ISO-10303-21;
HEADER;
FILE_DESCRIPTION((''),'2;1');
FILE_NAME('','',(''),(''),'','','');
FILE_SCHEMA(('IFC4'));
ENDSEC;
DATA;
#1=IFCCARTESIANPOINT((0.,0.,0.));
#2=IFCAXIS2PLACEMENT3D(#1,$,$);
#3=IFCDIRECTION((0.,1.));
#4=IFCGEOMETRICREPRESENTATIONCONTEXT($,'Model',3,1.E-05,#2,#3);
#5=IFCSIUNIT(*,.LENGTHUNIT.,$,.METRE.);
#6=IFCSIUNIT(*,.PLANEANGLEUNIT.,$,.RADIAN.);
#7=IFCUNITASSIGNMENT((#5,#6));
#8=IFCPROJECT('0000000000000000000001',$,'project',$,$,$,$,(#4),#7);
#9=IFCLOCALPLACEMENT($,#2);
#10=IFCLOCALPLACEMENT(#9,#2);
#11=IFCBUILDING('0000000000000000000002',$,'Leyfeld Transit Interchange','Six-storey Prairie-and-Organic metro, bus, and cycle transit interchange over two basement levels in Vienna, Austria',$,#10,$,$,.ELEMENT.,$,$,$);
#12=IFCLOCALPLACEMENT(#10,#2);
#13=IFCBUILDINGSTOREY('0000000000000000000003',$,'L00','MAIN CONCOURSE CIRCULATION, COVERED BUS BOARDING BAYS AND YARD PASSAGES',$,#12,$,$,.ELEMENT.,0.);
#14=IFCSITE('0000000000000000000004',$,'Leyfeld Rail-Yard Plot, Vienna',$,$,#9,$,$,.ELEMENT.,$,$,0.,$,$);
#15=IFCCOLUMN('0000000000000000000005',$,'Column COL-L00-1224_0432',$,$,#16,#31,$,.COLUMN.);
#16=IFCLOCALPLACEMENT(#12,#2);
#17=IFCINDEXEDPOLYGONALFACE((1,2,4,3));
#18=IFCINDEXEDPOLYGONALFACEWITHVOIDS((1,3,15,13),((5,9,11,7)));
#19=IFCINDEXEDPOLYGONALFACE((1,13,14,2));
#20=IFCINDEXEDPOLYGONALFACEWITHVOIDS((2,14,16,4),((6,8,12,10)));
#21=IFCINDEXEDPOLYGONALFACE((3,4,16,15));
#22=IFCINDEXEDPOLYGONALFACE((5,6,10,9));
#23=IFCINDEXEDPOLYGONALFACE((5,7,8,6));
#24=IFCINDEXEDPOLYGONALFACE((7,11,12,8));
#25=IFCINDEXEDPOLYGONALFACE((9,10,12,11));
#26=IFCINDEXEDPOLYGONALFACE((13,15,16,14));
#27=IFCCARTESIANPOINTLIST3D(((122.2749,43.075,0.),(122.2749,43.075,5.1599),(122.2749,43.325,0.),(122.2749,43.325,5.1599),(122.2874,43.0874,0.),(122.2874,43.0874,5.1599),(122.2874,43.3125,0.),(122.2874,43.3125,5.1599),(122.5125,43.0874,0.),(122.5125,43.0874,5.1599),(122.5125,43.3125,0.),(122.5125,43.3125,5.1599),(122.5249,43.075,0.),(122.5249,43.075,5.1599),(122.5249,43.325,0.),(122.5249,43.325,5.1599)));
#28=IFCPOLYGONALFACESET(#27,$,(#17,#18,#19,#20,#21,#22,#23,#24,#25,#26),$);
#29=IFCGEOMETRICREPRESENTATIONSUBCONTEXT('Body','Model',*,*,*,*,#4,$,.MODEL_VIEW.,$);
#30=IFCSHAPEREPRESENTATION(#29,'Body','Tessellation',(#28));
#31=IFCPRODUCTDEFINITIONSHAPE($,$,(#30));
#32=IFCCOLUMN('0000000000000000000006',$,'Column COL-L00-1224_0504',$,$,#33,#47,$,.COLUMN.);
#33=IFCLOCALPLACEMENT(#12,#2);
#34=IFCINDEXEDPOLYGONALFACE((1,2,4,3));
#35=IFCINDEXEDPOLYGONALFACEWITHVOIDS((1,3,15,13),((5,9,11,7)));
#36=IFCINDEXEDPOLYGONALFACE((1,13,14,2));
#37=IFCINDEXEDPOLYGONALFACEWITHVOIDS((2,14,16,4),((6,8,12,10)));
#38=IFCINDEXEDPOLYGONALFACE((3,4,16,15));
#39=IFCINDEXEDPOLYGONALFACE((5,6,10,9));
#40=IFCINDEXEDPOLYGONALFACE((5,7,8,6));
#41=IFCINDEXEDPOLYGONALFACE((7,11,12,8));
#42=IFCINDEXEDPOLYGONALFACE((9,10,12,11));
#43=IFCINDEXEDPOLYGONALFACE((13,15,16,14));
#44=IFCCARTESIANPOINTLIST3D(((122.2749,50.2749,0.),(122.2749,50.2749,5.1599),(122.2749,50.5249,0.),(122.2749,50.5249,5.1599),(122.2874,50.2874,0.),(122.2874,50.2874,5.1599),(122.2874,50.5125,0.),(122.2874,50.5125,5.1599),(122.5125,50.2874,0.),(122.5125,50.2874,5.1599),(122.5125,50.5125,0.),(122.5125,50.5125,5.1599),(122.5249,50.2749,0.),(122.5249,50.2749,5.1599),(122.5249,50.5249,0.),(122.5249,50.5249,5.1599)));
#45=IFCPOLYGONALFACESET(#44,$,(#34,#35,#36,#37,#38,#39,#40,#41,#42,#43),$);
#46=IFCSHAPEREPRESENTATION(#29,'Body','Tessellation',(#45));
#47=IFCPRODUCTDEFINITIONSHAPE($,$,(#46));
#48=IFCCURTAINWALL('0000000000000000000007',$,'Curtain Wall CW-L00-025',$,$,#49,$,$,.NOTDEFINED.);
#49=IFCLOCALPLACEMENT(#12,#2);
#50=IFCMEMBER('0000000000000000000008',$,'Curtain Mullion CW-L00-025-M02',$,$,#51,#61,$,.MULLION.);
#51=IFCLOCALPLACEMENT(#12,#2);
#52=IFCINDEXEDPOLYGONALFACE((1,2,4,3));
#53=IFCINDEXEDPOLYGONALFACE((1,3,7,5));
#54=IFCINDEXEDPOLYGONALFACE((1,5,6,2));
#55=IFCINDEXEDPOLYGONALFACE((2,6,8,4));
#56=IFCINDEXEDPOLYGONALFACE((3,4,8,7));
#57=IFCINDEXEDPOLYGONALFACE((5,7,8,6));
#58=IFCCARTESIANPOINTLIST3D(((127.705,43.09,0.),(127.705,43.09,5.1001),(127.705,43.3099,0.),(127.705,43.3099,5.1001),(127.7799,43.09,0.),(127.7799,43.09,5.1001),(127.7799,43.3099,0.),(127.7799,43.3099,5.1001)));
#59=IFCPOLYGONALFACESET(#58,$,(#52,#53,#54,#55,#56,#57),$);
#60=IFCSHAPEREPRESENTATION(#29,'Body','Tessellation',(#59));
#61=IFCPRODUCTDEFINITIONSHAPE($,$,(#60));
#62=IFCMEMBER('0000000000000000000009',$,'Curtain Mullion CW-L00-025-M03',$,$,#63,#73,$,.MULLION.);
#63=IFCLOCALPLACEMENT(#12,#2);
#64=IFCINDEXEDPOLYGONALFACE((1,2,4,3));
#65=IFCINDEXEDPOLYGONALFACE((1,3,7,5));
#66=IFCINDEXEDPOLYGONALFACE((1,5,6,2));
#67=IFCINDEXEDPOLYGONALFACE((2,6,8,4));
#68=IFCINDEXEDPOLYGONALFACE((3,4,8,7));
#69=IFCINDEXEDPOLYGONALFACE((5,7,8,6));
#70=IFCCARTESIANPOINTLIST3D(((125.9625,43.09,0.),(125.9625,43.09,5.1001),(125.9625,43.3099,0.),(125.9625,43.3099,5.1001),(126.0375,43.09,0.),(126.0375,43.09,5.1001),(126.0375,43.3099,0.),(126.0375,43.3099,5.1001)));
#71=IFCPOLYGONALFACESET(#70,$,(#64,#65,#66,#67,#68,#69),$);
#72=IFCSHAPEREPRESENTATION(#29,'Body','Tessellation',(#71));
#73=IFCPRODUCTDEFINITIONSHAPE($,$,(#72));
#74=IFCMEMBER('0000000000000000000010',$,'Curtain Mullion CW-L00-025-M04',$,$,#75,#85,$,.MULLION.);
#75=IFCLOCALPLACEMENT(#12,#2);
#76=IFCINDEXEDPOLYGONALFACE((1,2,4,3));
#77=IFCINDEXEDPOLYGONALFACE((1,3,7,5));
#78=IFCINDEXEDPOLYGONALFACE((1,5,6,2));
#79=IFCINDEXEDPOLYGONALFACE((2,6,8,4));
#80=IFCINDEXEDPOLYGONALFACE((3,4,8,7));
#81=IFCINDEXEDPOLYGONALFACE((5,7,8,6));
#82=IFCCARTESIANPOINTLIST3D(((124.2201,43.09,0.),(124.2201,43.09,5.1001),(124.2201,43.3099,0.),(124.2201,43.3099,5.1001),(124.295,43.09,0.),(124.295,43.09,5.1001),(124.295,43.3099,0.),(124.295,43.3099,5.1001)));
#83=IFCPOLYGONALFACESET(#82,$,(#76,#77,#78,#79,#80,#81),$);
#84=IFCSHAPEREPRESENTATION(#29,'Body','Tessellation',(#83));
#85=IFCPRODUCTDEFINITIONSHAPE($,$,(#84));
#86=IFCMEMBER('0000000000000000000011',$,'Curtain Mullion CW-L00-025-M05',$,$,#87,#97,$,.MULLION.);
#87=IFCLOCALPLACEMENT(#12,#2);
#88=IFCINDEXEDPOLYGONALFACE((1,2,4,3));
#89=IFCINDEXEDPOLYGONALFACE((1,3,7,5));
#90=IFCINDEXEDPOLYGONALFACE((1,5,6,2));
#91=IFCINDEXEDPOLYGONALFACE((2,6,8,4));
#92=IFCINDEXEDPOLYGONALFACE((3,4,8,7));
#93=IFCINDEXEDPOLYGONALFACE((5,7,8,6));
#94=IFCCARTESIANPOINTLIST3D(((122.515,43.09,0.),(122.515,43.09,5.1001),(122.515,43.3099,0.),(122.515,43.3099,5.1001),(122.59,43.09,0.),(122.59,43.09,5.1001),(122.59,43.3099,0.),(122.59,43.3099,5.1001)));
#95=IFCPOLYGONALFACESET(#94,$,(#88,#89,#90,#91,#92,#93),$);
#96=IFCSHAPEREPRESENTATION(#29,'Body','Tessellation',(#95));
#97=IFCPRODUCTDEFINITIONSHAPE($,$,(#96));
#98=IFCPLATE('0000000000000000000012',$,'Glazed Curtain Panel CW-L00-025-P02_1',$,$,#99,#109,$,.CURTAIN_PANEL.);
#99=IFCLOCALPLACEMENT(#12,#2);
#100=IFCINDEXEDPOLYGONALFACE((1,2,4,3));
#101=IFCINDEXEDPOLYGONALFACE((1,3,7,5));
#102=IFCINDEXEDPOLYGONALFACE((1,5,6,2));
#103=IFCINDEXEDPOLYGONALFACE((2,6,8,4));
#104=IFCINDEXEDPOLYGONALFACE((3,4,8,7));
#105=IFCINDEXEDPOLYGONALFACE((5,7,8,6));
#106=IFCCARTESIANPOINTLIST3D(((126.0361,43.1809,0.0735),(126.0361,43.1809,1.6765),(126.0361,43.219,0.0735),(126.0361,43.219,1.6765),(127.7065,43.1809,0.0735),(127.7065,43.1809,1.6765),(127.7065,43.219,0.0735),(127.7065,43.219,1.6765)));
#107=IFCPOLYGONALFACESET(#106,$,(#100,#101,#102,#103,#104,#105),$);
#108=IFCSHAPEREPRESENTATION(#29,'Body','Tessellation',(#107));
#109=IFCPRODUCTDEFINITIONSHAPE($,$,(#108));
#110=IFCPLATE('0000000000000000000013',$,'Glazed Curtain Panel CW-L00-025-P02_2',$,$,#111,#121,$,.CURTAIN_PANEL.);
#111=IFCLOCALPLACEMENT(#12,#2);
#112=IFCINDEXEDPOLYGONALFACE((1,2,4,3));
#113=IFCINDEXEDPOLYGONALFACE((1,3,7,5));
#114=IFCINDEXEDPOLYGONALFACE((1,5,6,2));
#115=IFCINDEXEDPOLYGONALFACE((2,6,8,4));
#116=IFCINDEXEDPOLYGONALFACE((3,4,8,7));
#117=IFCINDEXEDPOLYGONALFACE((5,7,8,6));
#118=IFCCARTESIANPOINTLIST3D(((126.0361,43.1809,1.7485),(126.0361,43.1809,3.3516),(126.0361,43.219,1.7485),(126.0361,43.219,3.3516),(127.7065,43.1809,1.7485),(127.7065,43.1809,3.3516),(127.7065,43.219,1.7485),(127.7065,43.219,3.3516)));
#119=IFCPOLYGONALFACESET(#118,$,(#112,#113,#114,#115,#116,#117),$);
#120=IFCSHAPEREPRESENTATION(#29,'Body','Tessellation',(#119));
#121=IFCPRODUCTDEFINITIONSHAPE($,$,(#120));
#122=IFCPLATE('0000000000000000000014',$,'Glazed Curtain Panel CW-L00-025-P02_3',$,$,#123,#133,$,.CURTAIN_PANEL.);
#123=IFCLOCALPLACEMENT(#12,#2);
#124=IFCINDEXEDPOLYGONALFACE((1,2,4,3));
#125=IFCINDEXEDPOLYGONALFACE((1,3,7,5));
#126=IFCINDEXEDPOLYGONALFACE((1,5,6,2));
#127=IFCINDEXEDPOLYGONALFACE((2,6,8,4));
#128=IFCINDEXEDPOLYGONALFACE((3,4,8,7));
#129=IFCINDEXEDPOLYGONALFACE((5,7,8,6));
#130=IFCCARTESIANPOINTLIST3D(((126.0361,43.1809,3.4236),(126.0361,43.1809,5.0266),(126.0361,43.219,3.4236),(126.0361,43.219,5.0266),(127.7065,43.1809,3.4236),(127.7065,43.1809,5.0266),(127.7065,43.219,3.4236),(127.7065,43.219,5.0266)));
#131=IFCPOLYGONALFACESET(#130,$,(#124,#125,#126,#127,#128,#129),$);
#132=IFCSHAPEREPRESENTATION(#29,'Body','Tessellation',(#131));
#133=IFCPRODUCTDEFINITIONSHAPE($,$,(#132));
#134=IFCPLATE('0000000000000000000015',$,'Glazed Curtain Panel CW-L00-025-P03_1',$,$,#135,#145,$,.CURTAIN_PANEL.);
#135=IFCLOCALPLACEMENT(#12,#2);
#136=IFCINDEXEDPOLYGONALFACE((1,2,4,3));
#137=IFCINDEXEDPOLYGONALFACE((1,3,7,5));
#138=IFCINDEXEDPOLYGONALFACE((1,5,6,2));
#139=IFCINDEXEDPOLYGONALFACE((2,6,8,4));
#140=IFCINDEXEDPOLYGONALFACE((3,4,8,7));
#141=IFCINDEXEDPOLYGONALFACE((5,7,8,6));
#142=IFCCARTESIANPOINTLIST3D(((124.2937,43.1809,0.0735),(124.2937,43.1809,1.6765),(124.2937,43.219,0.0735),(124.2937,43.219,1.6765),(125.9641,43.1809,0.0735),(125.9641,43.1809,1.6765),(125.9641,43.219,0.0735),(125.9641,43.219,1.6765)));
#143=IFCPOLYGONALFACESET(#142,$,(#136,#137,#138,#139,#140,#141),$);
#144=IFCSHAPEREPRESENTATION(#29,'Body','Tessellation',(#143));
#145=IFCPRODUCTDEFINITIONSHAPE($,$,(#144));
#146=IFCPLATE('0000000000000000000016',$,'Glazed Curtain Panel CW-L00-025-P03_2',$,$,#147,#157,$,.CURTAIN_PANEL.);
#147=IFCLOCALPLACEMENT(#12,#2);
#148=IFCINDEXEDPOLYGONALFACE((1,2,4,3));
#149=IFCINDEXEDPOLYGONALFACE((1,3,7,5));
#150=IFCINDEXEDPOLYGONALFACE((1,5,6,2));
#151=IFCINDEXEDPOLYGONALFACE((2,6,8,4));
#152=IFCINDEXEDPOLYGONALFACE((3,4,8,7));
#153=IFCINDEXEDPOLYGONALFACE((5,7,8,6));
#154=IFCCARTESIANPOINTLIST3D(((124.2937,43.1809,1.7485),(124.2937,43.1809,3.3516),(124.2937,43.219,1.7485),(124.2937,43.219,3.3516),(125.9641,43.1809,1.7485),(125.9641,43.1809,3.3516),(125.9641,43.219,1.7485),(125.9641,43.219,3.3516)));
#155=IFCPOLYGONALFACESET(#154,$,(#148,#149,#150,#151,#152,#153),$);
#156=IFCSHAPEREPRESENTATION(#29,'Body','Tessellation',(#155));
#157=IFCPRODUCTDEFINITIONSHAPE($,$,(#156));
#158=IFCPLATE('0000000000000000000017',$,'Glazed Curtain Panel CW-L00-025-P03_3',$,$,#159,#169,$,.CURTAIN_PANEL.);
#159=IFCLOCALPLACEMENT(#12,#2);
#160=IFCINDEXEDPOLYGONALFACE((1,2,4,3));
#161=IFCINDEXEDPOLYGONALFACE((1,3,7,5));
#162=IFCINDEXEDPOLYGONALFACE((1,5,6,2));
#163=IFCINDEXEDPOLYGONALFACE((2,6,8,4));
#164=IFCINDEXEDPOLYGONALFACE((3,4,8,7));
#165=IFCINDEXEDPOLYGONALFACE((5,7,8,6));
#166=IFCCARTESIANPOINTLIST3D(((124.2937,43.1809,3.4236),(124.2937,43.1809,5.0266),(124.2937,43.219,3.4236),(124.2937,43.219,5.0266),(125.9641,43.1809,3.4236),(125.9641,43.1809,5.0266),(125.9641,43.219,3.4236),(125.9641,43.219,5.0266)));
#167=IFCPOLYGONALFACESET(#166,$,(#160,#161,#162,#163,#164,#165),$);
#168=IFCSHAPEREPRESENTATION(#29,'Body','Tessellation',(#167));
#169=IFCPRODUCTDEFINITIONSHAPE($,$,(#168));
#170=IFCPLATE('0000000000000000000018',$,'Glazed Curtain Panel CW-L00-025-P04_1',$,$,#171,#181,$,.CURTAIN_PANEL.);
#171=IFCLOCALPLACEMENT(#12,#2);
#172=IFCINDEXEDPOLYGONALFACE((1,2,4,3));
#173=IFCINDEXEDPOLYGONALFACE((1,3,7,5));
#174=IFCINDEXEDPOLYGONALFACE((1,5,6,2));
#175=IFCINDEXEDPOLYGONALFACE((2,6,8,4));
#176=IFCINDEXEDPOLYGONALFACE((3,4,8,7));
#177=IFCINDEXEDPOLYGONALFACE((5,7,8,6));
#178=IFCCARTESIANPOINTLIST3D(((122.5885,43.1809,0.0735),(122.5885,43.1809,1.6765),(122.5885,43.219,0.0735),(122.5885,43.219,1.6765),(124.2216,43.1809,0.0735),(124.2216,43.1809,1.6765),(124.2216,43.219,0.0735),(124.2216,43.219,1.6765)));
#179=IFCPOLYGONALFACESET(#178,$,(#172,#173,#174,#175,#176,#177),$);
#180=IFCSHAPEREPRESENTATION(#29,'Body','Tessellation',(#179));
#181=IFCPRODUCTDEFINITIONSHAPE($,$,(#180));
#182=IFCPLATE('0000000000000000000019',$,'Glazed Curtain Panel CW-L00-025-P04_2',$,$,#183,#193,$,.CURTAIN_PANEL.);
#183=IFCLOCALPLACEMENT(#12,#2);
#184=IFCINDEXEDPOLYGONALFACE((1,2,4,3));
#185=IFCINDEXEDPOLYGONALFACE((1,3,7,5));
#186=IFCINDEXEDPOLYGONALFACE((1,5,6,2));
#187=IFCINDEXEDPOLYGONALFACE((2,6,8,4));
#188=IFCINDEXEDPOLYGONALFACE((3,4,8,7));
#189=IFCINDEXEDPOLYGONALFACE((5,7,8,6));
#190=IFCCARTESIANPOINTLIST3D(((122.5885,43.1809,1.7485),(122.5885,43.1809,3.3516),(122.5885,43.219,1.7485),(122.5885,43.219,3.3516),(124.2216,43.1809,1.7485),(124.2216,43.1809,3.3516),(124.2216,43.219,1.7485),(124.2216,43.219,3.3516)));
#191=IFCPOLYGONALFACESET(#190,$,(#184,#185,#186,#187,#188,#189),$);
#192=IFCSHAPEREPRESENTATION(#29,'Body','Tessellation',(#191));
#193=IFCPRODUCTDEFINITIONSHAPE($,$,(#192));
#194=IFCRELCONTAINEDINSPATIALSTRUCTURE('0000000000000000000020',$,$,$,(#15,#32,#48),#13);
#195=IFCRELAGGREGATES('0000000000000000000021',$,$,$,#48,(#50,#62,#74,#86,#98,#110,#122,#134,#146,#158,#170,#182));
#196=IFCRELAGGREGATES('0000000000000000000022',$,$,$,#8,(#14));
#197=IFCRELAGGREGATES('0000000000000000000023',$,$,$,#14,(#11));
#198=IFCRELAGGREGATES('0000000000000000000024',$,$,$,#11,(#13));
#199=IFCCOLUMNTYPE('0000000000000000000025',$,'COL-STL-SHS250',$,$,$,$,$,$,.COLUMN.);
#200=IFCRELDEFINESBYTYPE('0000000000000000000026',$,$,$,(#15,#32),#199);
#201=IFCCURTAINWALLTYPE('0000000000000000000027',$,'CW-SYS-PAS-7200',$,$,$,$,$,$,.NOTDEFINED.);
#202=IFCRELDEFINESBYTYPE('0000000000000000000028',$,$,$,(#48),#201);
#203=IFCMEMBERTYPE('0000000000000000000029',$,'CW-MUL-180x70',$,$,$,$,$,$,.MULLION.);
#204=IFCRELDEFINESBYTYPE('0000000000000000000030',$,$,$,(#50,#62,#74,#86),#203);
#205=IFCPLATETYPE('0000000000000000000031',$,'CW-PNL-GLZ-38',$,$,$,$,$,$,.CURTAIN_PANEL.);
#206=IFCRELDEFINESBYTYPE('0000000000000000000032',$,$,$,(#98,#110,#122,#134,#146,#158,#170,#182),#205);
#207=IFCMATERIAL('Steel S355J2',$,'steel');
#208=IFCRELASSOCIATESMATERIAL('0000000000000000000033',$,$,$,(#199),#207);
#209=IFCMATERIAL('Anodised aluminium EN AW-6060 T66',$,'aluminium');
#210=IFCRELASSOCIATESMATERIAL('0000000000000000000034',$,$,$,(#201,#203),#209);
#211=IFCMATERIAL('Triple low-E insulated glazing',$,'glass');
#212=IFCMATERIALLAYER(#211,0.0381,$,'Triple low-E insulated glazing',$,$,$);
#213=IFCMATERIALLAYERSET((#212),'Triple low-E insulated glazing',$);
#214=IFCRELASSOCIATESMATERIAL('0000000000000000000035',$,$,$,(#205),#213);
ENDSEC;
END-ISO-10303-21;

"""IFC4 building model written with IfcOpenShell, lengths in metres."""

from ifc_helpers import new_model, si_unit, direction, frame, origin, origin_2d, place, context, subcontext, project, spatial, rectangle, hollow_rectangle, extrude, material, layer, layer_set, material_profile, profile_set, type_object, element, aggregate, save


model = new_model("IFC4")

# Units and contexts
model_context = context("Model", 3, precision=1e-05, world=origin(), true_north=direction((0.0, 1.0)))
body_context = subcontext(model_context, "Body", "Model", "MODEL_VIEW")
ifc_project = project(units=[si_unit("LENGTHUNIT", "METRE"), si_unit("PLANEANGLEUNIT", "RADIAN")], contexts=[model_context])

# Site, building, storey
site_placement = place(None, origin())
site = spatial("IfcSite", under=ifc_project, at=site_placement, Name="Leyfeld Rail-Yard Plot, Vienna", CompositionType="ELEMENT", RefElevation=0.0)
building_placement = place(site_placement, origin())
building = spatial("IfcBuilding", under=site, at=building_placement, Name="Leyfeld Transit Interchange", Description="Six-storey Prairie-and-Organic metro, bus, and cycle transit interchange over two basement levels in Vienna, Austria", CompositionType="ELEMENT")
storey_placement = place(building_placement, origin())
storey = spatial("IfcBuildingStorey", under=building, at=storey_placement, Name="L00", Description="MAIN CONCOURSE CIRCULATION, COVERED BUS BOARDING BAYS AND YARD PASSAGES", CompositionType="ELEMENT", Elevation=0.0)

# Columns
ifc_material_1 = material(Name="Steel S355J2", Category="steel")
ifc_material_profile_1 = material_profile(ifc_material_1, hollow_rectangle(XDim=0.25, YDim=0.25, WallThickness=0.0125, at=origin_2d()), Name="SHS 250x250x12.5")
ifc_profile_set_1 = profile_set([ifc_material_profile_1], Name="Steel S355J2")
column_type = type_object("IfcColumnType", Name="COL-STL-SHS250", PredefinedType="COLUMN", material=ifc_profile_set_1)
for number, where, z_axis, x_axis, name in (
    (1, (122.3999, 43.2, 0.0), (0.0, 0.0, 1.0), (1.0, 0.0, 0.0), "Column COL-L00-1224_0432"),
    (2, (122.3999, 50.3999, 0.0), (0.0, 0.0, 1.0), (1.0, 0.0, 0.0), "Column COL-L00-1224_0504"),
):
    element("IfcColumn", number, at=place(storey_placement, frame(where, z_axis=z_axis, x_axis=x_axis)), inside=storey, type_object=column_type, Name=name, PredefinedType="COLUMN", context=body_context, shape_type="SweptSolid", body=[
        extrude(hollow_rectangle(XDim=0.25, YDim=0.25, WallThickness=0.0125, at=origin_2d()), origin(), (0.0, 0.0, 1.0), 5.1599),
    ])

# Curtain wall, members, plates
ifc_material_2 = material(Name="Anodised aluminium EN AW-6060 T66", Category="aluminium")
curtain_wall_type = type_object("IfcCurtainWallType", Name="CW-SYS-PAS-7200", PredefinedType="NOTDEFINED", material=ifc_material_2)
curtain_wall_placement = place(storey_placement, origin())
curtain_wall = element("IfcCurtainWall", 3, at=curtain_wall_placement, inside=storey, type_object=curtain_wall_type, Name="Curtain Wall CW-L00-025", PredefinedType="NOTDEFINED")
ifc_material_profile_2 = material_profile(ifc_material_2, rectangle(XDim=0.075, YDim=0.22, at=origin_2d()), Name="CW-M 75x220")
ifc_profile_set_2 = profile_set([ifc_material_profile_2], Name="Anodised aluminium EN AW-6060 T66")
member_type = type_object("IfcMemberType", Name="CW-MUL-180x70", PredefinedType="MULLION", material=ifc_profile_set_2)
member_1_placement = place(storey_placement, frame((127.7424, 43.2, 0.0), z_axis=(0.0, 0.0, 1.0), x_axis=(-1.0, 0.0, 0.0)))
member_1 = element("IfcMember", 4, at=member_1_placement, type_object=member_type, Name="Curtain Mullion CW-L00-025-M02", PredefinedType="MULLION", context=body_context, shape_type="SweptSolid", body=[
    extrude(rectangle(XDim=0.075, YDim=0.22, at=origin_2d()), origin(), (0.0, 0.0, 1.0), 5.1001),
])
member_2_placement = place(storey_placement, frame((126.0, 43.2, 0.0), z_axis=(0.0, 0.0, 1.0), x_axis=(-1.0, 0.0, 0.0)))
member_2 = element("IfcMember", 5, at=member_2_placement, type_object=member_type, Name="Curtain Mullion CW-L00-025-M03", PredefinedType="MULLION", context=body_context, shape_type="SweptSolid", body=[
    extrude(rectangle(XDim=0.075, YDim=0.22, at=origin_2d()), origin(), (0.0, 0.0, 1.0), 5.1001),
])
member_3_placement = place(storey_placement, frame((124.2576, 43.2, 0.0), z_axis=(0.0, 0.0, 1.0), x_axis=(-1.0, 0.0, 0.0)))
member_3 = element("IfcMember", 6, at=member_3_placement, type_object=member_type, Name="Curtain Mullion CW-L00-025-M04", PredefinedType="MULLION", context=body_context, shape_type="SweptSolid", body=[
    extrude(rectangle(XDim=0.075, YDim=0.22, at=origin_2d()), origin(), (0.0, 0.0, 1.0), 5.1001),
])
member_4_placement = place(storey_placement, frame((122.5525, 43.2, 0.0), z_axis=(0.0, 0.0, 1.0), x_axis=(-1.0, 0.0, 0.0)))
member_4 = element("IfcMember", 7, at=member_4_placement, type_object=member_type, Name="Curtain Mullion CW-L00-025-M05", PredefinedType="MULLION", context=body_context, shape_type="SweptSolid", body=[
    extrude(rectangle(XDim=0.075, YDim=0.22, at=origin_2d()), origin(), (0.0, 0.0, 1.0), 5.1001),
])
ifc_material_3 = material(Name="Triple low-E insulated glazing", Category="glass")
ifc_layer_1 = layer(ifc_material_3, 0.0381, Name="Triple low-E insulated glazing")
ifc_layer_set_1 = layer_set([ifc_layer_1], Name="Triple low-E insulated glazing")
plate_type_1 = type_object("IfcPlateType", Name="CW-PNL-GLZ-38", PredefinedType="CURTAIN_PANEL", material=ifc_layer_set_1)
plate_1_placement = place(storey_placement, frame((126.8713, 43.2, 0.0735), z_axis=(0.0, 0.0, 1.0), x_axis=(-1.0, 0.0, 0.0)))
plate_1 = element("IfcPlate", 8, at=plate_1_placement, type_object=plate_type_1, Name="Glazed Curtain Panel CW-L00-025-P02_1", PredefinedType="CURTAIN_PANEL", context=body_context, shape_type="SweptSolid", body=[
    extrude(rectangle(XDim=1.6704, YDim=0.0381, at=origin_2d()), origin(), (0.0, 0.0, 1.0), 1.603),
])
plate_2_placement = place(storey_placement, frame((126.8713, 43.2, 1.7485), z_axis=(0.0, 0.0, 1.0), x_axis=(-1.0, 0.0, 0.0)))
plate_2 = element("IfcPlate", 9, at=plate_2_placement, type_object=plate_type_1, Name="Glazed Curtain Panel CW-L00-025-P02_2", PredefinedType="CURTAIN_PANEL", context=body_context, shape_type="SweptSolid", body=[
    extrude(rectangle(XDim=1.6704, YDim=0.0381, at=origin_2d()), origin(), (0.0, 0.0, 1.0), 1.603),
])
plate_3_placement = place(storey_placement, frame((126.8713, 43.2, 3.4236), z_axis=(0.0, 0.0, 1.0), x_axis=(-1.0, 0.0, 0.0)))
plate_3 = element("IfcPlate", 10, at=plate_3_placement, type_object=plate_type_1, Name="Glazed Curtain Panel CW-L00-025-P02_3", PredefinedType="CURTAIN_PANEL", context=body_context, shape_type="SweptSolid", body=[
    extrude(rectangle(XDim=1.6704, YDim=0.0381, at=origin_2d()), origin(), (0.0, 0.0, 1.0), 1.603),
])
plate_4_placement = place(storey_placement, frame((125.1289, 43.2, 0.0735), z_axis=(0.0, 0.0, 1.0), x_axis=(-1.0, 0.0, 0.0)))
plate_4 = element("IfcPlate", 11, at=plate_4_placement, type_object=plate_type_1, Name="Glazed Curtain Panel CW-L00-025-P03_1", PredefinedType="CURTAIN_PANEL", context=body_context, shape_type="SweptSolid", body=[
    extrude(rectangle(XDim=1.6704, YDim=0.0381, at=origin_2d()), origin(), (0.0, 0.0, 1.0), 1.603),
])
plate_5_placement = place(storey_placement, frame((125.1289, 43.2, 1.7485), z_axis=(0.0, 0.0, 1.0), x_axis=(-1.0, 0.0, 0.0)))
plate_5 = element("IfcPlate", 12, at=plate_5_placement, type_object=plate_type_1, Name="Glazed Curtain Panel CW-L00-025-P03_2", PredefinedType="CURTAIN_PANEL", context=body_context, shape_type="SweptSolid", body=[
    extrude(rectangle(XDim=1.6704, YDim=0.0381, at=origin_2d()), origin(), (0.0, 0.0, 1.0), 1.603),
])
plate_6_placement = place(storey_placement, frame((125.1289, 43.2, 3.4236), z_axis=(0.0, 0.0, 1.0), x_axis=(-1.0, 0.0, 0.0)))
plate_6 = element("IfcPlate", 13, at=plate_6_placement, type_object=plate_type_1, Name="Glazed Curtain Panel CW-L00-025-P03_3", PredefinedType="CURTAIN_PANEL", context=body_context, shape_type="SweptSolid", body=[
    extrude(rectangle(XDim=1.6704, YDim=0.0381, at=origin_2d()), origin(), (0.0, 0.0, 1.0), 1.603),
])
plate_7_placement = place(storey_placement, frame((123.405, 43.2, 0.0735), z_axis=(0.0, 0.0, 1.0), x_axis=(-1.0, 0.0, 0.0)))
plate_7 = element("IfcPlate", 14, at=plate_7_placement, type_object=plate_type_1, Name="Glazed Curtain Panel CW-L00-025-P04_1", PredefinedType="CURTAIN_PANEL", context=body_context, shape_type="SweptSolid", body=[
    extrude(rectangle(XDim=1.6331, YDim=0.0381, at=origin_2d()), origin(), (0.0, 0.0, 1.0), 1.603),
])
plate_8_placement = place(storey_placement, frame((123.405, 43.2, 1.7485), z_axis=(0.0, 0.0, 1.0), x_axis=(-1.0, 0.0, 0.0)))
plate_8 = element("IfcPlate", 15, at=plate_8_placement, type_object=plate_type_1, Name="Glazed Curtain Panel CW-L00-025-P04_2", PredefinedType="CURTAIN_PANEL", context=body_context, shape_type="SweptSolid", body=[
    extrude(rectangle(XDim=1.6331, YDim=0.0381, at=origin_2d()), origin(), (0.0, 0.0, 1.0), 1.603),
])
aggregate(curtain_wall, [member_1, member_2, member_3, member_4, plate_1, plate_2, plate_3, plate_4, plate_5, plate_6, plate_7, plate_8])

save(model, "model.ifc")
